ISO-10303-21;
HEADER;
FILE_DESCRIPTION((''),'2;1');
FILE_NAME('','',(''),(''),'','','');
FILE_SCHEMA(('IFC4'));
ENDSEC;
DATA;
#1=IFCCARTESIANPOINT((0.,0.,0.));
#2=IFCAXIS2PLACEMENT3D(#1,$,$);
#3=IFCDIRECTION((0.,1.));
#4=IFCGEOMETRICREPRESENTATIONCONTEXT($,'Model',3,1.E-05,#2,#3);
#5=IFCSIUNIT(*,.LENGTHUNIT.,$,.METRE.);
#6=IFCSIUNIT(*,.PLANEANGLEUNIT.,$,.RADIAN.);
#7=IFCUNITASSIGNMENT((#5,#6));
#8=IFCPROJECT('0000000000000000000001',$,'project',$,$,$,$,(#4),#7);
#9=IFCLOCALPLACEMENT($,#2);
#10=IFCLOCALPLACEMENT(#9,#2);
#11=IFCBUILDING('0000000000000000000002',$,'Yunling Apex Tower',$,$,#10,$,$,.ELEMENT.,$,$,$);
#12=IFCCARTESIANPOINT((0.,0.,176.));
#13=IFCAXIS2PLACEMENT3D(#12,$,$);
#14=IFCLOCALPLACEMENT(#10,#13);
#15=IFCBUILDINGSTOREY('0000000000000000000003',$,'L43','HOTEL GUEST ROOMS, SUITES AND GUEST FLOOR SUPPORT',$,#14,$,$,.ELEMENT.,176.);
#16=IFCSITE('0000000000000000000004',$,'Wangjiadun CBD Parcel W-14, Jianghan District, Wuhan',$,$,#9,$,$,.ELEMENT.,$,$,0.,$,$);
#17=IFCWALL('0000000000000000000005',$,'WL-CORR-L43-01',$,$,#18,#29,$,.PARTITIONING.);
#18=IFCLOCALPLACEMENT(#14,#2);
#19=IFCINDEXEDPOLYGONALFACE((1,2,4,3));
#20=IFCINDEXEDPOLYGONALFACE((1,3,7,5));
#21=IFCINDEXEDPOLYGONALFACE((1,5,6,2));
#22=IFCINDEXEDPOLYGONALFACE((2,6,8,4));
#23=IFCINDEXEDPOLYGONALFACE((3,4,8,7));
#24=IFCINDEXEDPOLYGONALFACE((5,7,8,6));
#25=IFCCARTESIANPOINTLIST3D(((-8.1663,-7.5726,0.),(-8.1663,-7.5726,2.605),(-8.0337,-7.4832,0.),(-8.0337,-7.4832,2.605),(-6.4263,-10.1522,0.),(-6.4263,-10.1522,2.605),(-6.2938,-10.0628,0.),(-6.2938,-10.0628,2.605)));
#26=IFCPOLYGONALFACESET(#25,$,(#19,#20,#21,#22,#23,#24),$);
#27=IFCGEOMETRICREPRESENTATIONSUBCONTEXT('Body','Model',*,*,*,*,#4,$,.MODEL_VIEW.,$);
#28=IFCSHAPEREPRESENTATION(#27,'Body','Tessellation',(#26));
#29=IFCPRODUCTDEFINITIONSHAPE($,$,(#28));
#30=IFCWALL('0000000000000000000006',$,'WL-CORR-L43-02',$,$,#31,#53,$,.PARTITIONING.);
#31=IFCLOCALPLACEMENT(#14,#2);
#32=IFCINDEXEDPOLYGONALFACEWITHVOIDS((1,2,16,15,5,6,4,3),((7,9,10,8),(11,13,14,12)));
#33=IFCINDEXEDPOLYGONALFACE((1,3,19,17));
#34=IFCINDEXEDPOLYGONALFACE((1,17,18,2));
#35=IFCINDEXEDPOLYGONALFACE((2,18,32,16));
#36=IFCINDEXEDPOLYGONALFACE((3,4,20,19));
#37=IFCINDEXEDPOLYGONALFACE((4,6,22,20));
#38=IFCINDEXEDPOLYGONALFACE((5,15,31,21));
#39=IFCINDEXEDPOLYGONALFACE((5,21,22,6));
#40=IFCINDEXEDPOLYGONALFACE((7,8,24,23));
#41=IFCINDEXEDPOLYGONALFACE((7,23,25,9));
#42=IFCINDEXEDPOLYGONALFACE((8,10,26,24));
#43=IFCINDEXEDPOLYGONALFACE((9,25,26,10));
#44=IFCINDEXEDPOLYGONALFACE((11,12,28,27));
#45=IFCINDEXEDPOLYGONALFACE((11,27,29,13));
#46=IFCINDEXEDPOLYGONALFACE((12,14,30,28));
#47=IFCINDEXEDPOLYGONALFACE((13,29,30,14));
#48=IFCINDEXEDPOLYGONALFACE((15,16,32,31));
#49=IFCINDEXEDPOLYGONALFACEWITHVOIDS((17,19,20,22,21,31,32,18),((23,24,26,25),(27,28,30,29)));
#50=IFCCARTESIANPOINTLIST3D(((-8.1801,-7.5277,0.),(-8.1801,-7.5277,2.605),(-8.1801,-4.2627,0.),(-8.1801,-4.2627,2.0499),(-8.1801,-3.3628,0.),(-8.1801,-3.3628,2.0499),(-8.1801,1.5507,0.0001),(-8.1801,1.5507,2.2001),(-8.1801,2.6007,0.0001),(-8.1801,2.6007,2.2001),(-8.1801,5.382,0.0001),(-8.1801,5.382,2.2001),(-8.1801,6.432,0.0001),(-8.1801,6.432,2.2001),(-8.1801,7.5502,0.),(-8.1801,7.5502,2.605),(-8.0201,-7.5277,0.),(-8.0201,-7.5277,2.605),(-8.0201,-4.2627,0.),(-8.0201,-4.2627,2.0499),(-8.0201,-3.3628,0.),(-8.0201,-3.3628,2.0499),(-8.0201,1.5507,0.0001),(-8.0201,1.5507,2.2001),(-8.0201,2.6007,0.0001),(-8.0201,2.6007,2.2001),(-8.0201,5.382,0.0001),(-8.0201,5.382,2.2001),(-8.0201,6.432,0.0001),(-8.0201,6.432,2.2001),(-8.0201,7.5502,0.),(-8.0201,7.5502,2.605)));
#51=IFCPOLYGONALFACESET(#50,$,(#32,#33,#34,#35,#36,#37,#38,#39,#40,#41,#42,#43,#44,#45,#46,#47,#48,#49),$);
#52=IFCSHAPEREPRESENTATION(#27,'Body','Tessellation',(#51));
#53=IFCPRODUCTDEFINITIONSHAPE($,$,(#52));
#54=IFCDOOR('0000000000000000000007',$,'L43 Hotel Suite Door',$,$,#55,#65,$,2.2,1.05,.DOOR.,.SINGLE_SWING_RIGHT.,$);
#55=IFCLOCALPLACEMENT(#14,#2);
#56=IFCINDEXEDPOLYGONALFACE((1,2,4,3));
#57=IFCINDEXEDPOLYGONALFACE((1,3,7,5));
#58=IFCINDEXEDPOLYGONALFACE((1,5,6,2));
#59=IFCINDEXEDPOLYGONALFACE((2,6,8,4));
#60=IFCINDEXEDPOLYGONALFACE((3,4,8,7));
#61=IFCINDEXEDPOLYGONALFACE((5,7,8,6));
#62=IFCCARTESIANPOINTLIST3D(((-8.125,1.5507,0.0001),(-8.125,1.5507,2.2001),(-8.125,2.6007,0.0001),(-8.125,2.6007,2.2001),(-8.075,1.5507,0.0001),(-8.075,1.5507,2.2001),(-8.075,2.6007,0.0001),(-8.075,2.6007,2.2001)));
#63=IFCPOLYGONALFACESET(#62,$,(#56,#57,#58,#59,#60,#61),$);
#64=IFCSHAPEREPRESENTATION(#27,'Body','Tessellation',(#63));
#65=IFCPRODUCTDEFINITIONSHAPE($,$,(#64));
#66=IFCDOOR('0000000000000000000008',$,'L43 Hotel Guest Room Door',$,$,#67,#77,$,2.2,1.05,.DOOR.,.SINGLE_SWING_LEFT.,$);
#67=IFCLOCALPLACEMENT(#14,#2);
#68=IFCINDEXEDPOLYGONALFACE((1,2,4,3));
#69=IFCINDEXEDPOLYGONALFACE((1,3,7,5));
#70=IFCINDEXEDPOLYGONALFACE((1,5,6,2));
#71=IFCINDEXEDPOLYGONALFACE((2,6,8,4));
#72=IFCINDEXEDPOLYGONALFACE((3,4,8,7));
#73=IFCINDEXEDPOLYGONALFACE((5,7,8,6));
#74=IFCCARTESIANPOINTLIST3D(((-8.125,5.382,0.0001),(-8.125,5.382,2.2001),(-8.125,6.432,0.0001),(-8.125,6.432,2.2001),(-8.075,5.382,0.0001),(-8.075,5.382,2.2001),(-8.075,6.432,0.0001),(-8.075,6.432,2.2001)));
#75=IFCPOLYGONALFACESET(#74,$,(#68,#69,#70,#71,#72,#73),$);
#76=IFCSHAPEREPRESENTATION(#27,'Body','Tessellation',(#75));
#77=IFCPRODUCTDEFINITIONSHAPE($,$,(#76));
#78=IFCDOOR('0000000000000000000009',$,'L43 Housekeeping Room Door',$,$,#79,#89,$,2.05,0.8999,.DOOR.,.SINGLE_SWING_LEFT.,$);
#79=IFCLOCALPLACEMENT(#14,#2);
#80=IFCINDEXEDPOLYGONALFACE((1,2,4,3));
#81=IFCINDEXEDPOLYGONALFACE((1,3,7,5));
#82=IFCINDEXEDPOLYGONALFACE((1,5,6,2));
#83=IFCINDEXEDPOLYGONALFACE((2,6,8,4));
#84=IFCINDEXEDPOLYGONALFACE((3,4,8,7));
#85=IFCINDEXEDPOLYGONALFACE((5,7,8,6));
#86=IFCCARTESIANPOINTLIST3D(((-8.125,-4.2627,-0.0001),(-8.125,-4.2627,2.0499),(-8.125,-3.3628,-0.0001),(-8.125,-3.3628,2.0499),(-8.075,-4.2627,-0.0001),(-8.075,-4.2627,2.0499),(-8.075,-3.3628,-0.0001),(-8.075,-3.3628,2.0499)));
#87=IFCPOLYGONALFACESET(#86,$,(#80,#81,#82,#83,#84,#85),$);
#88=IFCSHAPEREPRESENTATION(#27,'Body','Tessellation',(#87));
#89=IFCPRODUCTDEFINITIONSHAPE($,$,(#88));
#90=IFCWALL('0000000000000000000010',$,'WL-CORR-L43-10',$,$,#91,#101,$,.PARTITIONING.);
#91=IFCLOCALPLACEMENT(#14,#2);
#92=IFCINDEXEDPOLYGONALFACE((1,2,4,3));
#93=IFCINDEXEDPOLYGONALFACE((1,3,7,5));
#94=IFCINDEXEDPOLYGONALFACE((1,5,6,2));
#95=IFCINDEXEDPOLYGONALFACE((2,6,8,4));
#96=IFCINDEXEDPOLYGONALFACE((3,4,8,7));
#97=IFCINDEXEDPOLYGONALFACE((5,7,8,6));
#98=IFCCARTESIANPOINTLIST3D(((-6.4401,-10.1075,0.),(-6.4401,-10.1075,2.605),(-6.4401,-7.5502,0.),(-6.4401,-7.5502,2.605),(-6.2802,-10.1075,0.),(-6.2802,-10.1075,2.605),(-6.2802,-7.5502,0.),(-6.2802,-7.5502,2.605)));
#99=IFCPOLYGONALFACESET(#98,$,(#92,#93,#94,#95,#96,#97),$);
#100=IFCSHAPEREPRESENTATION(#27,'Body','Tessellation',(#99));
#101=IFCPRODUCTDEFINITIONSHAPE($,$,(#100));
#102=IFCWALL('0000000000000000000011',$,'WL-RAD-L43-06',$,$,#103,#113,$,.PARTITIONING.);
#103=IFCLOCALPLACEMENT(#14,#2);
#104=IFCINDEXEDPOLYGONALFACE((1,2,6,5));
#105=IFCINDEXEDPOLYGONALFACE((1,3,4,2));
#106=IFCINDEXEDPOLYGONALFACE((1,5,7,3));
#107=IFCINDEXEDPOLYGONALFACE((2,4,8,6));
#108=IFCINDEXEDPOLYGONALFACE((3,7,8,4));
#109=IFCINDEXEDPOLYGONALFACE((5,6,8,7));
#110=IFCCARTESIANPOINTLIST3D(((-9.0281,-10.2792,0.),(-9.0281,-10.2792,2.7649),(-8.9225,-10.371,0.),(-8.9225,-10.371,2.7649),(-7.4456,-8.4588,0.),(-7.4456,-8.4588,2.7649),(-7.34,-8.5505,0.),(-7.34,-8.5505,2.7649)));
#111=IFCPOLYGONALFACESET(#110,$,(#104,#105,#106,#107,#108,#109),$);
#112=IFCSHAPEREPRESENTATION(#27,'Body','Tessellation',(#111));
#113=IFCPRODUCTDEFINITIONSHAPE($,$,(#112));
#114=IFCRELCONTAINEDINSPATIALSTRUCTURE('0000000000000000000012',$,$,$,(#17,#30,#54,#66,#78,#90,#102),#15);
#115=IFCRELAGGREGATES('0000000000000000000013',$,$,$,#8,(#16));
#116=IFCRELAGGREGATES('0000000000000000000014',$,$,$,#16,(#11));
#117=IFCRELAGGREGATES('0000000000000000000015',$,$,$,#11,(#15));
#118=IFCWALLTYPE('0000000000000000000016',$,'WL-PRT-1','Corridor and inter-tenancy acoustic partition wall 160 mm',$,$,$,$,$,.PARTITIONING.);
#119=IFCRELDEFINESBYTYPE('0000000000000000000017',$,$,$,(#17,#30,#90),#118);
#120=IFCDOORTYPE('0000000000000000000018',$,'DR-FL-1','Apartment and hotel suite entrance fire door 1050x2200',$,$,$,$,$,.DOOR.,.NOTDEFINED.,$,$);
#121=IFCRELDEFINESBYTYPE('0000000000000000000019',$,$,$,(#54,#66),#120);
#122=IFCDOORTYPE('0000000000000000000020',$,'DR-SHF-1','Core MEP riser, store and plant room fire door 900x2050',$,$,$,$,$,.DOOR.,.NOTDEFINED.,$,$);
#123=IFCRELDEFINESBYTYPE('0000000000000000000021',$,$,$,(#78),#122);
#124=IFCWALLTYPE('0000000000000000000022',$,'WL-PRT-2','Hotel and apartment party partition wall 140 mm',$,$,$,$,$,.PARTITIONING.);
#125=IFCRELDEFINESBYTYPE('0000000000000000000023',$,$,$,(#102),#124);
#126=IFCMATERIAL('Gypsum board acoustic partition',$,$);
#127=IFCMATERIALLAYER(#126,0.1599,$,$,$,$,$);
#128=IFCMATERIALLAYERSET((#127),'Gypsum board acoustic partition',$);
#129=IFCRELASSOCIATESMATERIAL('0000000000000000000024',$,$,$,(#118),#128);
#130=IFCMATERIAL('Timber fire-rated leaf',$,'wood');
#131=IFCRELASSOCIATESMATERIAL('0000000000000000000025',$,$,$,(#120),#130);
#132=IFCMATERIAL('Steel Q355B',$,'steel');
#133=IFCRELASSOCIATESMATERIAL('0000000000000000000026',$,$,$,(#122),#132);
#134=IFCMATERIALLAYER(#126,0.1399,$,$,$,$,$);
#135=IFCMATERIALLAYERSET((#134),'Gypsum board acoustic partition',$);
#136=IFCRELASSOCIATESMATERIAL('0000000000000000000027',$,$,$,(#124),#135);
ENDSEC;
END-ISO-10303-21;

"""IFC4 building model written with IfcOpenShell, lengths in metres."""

from ifc_helpers import new_model, si_unit, direction, frame, frame_2d, origin, place, context, subcontext, project, spatial, rectangle, extrude, material, layer, layer_set, type_object, element, fill, save


model = new_model("IFC4")

# Units and contexts
model_context = context("Model", 3, precision=1e-05, world=origin(), true_north=direction((0.0, 1.0)))
body_context = subcontext(model_context, "Body", "Model", "MODEL_VIEW")
ifc_project = project(units=[si_unit("LENGTHUNIT", "METRE"), si_unit("PLANEANGLEUNIT", "RADIAN")], contexts=[model_context])

# Site, building, storey
site_placement = place(None, origin())
site = spatial("IfcSite", under=ifc_project, at=site_placement, Name="Wangjiadun CBD Parcel W-14, Jianghan District, Wuhan", CompositionType="ELEMENT", RefElevation=0.0)
building_placement = place(site_placement, origin())
building = spatial("IfcBuilding", under=site, at=building_placement, Name="Yunling Apex Tower", CompositionType="ELEMENT")
storey_placement = place(building_placement, frame((0.0, 0.0, 176.0)))
storey = spatial("IfcBuildingStorey", under=building, at=storey_placement, Name="L43", Description="HOTEL GUEST ROOMS, SUITES AND GUEST FLOOR SUPPORT", CompositionType="ELEMENT", Elevation=176.0)

# Shared definitions
ifc_material_1 = material(Name="Steel Q355B", Category="steel")

# Wall
ifc_material_2 = material(Name="Gypsum board acoustic partition")
ifc_layer_1 = layer(ifc_material_2, 0.1599)
ifc_layer_set_1 = layer_set([ifc_layer_1], Name="Gypsum board acoustic partition")
wall_type_1 = type_object("IfcWallType", Name="WL-PRT-1", Description="Corridor and inter-tenancy acoustic partition wall 160 mm", PredefinedType="PARTITIONING", material=ifc_layer_set_1)
wall_1_placement = place(storey_placement, frame((-6.3601, -10.1074, 0.0), z_axis=(0.0, 0.0, 1.0), x_axis=(-0.559201, 0.829032, 0.0)))
element("IfcWall", 1, at=wall_1_placement, inside=storey, type_object=wall_type_1, Name="WL-CORR-L43-01", PredefinedType="PARTITIONING", context=body_context, shape_type="SweptSolid", body=[
    extrude(rectangle(XDim=3.1116, YDim=0.1599, at=frame_2d((1.5557, 0.0))), origin(), (0.0, 0.0, 1.0), 2.605),
])

# Wall, openings, doors
wall_2_placement = place(storey_placement, frame((-8.1001, -7.5278, 0.0), z_axis=(0.0, 0.0, 1.0), x_axis=(0.0, 1.0, 0.0)))
wall_2 = element("IfcWall", 2, at=wall_2_placement, inside=storey, type_object=wall_type_1, Name="WL-CORR-L43-02", PredefinedType="PARTITIONING", context=body_context, shape_type="SweptSolid", body=[
    extrude(rectangle(XDim=15.0779, YDim=0.1599, at=frame_2d((7.5391, 0.0))), origin(), (0.0, 0.0, 1.0), 2.605),
])
opening_1_placement = place(wall_2_placement, frame((3.2651, 0.0, 0.0)))
opening_1 = element("IfcOpeningElement", 3, at=opening_1_placement, cuts=wall_2, PredefinedType="OPENING", context=body_context, shape_type="SweptSolid", body=[
    extrude(rectangle(XDim=0.8999, YDim=2.05, at=frame_2d((0.45, 1.0249))), frame((0.0, 0.0898, 0.0), z_axis=(0.0, -1.0, 0.0), x_axis=(1.0, 0.0, 0.0)), (0.0, 0.0, 1.0), 0.1799),
])
opening_2_placement = place(wall_2_placement, frame((9.0786, 0.0, 0.0)))
opening_2 = element("IfcOpeningElement", 4, at=opening_2_placement, cuts=wall_2, PredefinedType="OPENING", context=body_context, shape_type="SweptSolid", body=[
    extrude(rectangle(XDim=1.05, YDim=2.2, at=frame_2d((0.5249, 1.1001))), frame((0.0, 0.0898, 0.0), z_axis=(0.0, -1.0, 0.0), x_axis=(1.0, 0.0, 0.0)), (0.0, 0.0, 1.0), 0.1799),
])
opening_3_placement = place(wall_2_placement, frame((12.9099, 0.0, 0.0)))
opening_3 = element("IfcOpeningElement", 5, at=opening_3_placement, cuts=wall_2, PredefinedType="OPENING", context=body_context, shape_type="SweptSolid", body=[
    extrude(rectangle(XDim=1.05, YDim=2.2, at=frame_2d((0.5249, 1.1001))), frame((0.0, 0.0898, 0.0), z_axis=(0.0, -1.0, 0.0), x_axis=(1.0, 0.0, 0.0)), (0.0, 0.0, 1.0), 0.1799),
])
ifc_material_3 = material(Name="Timber fire-rated leaf", Category="wood")
door_type_1 = type_object("IfcDoorType", Name="DR-FL-1", Description="Apartment and hotel suite entrance fire door 1050x2200", OperationType="NOTDEFINED", PredefinedType="DOOR", material=ifc_material_3)
door_1_placement = place(opening_2_placement, origin())
door_1 = element("IfcDoor", 6, at=door_1_placement, inside=storey, type_object=door_type_1, Name="L43 Hotel Suite Door", OperationType="SINGLE_SWING_RIGHT", OverallHeight=2.2, OverallWidth=1.05, PredefinedType="DOOR", context=body_context, shape_type="SweptSolid", body=[
    extrude(rectangle(XDim=1.05, YDim=2.2, at=frame_2d((0.5249, 1.1001))), frame((0.0, 0.0249, 0.0), z_axis=(0.0, -1.0, 0.0), x_axis=(1.0, 0.0, 0.0)), (0.0, 0.0, 1.0), 0.05),
])
fill(opening_2, door_1)
door_2_placement = place(opening_3_placement, origin())
door_2 = element("IfcDoor", 7, at=door_2_placement, inside=storey, type_object=door_type_1, Name="L43 Hotel Guest Room Door", OperationType="SINGLE_SWING_LEFT", OverallHeight=2.2, OverallWidth=1.05, PredefinedType="DOOR", context=body_context, shape_type="SweptSolid", body=[
    extrude(rectangle(XDim=1.05, YDim=2.2, at=frame_2d((0.5249, 1.1001))), frame((0.0, 0.0249, 0.0), z_axis=(0.0, -1.0, 0.0), x_axis=(1.0, 0.0, 0.0)), (0.0, 0.0, 1.0), 0.05),
])
fill(opening_3, door_2)
door_type_2 = type_object("IfcDoorType", Name="DR-SHF-1", Description="Core MEP riser, store and plant room fire door 900x2050", OperationType="NOTDEFINED", PredefinedType="DOOR", material=ifc_material_1)
door_3_placement = place(opening_1_placement, origin())
door_3 = element("IfcDoor", 8, at=door_3_placement, inside=storey, type_object=door_type_2, Name="L43 Housekeeping Room Door", OperationType="SINGLE_SWING_LEFT", OverallHeight=2.05, OverallWidth=0.8999, PredefinedType="DOOR", context=body_context, shape_type="SweptSolid", body=[
    extrude(rectangle(XDim=0.8999, YDim=2.05, at=frame_2d((0.45, 1.0249))), frame((0.0, 0.0249, 0.0), z_axis=(0.0, -1.0, 0.0), x_axis=(1.0, 0.0, 0.0)), (0.0, 0.0, 1.0), 0.05),
])
fill(opening_1, door_3)

# Walls
wall_3_placement = place(storey_placement, frame((-6.3601, -7.55, 0.0), z_axis=(0.0, 0.0, 1.0), x_axis=(0.0, -1.0, 0.0)))
element("IfcWall", 9, at=wall_3_placement, inside=storey, type_object=wall_type_1, Name="WL-CORR-L43-10", PredefinedType="PARTITIONING", context=body_context, shape_type="SweptSolid", body=[
    extrude(rectangle(XDim=2.5574, YDim=0.1599, at=frame_2d((1.2788, 0.0))), origin(), (0.0, 0.0, 1.0), 2.605),
])
ifc_layer_2 = layer(ifc_material_2, 0.1399)
ifc_layer_set_2 = layer_set([ifc_layer_2], Name="Gypsum board acoustic partition")
wall_type_2 = type_object("IfcWallType", Name="WL-PRT-2", Description="Hotel and apartment party partition wall 140 mm", PredefinedType="PARTITIONING", material=ifc_layer_set_2)
wall_4_placement = place(storey_placement, frame((-7.3928, -8.5046, 0.0), z_axis=(0.0, 0.0, 1.0), x_axis=(-0.656043, -0.754723, 0.0)))
element("IfcWall", 10, at=wall_4_placement, inside=storey, type_object=wall_type_2, Name="WL-RAD-L43-06", PredefinedType="PARTITIONING", context=body_context, shape_type="SweptSolid", body=[
    extrude(rectangle(XDim=2.4121, YDim=0.1399, at=frame_2d((1.2061, 0.0))), origin(), (0.0, 0.0, 1.0), 2.7649),
])

save(model, "model.ifc")
